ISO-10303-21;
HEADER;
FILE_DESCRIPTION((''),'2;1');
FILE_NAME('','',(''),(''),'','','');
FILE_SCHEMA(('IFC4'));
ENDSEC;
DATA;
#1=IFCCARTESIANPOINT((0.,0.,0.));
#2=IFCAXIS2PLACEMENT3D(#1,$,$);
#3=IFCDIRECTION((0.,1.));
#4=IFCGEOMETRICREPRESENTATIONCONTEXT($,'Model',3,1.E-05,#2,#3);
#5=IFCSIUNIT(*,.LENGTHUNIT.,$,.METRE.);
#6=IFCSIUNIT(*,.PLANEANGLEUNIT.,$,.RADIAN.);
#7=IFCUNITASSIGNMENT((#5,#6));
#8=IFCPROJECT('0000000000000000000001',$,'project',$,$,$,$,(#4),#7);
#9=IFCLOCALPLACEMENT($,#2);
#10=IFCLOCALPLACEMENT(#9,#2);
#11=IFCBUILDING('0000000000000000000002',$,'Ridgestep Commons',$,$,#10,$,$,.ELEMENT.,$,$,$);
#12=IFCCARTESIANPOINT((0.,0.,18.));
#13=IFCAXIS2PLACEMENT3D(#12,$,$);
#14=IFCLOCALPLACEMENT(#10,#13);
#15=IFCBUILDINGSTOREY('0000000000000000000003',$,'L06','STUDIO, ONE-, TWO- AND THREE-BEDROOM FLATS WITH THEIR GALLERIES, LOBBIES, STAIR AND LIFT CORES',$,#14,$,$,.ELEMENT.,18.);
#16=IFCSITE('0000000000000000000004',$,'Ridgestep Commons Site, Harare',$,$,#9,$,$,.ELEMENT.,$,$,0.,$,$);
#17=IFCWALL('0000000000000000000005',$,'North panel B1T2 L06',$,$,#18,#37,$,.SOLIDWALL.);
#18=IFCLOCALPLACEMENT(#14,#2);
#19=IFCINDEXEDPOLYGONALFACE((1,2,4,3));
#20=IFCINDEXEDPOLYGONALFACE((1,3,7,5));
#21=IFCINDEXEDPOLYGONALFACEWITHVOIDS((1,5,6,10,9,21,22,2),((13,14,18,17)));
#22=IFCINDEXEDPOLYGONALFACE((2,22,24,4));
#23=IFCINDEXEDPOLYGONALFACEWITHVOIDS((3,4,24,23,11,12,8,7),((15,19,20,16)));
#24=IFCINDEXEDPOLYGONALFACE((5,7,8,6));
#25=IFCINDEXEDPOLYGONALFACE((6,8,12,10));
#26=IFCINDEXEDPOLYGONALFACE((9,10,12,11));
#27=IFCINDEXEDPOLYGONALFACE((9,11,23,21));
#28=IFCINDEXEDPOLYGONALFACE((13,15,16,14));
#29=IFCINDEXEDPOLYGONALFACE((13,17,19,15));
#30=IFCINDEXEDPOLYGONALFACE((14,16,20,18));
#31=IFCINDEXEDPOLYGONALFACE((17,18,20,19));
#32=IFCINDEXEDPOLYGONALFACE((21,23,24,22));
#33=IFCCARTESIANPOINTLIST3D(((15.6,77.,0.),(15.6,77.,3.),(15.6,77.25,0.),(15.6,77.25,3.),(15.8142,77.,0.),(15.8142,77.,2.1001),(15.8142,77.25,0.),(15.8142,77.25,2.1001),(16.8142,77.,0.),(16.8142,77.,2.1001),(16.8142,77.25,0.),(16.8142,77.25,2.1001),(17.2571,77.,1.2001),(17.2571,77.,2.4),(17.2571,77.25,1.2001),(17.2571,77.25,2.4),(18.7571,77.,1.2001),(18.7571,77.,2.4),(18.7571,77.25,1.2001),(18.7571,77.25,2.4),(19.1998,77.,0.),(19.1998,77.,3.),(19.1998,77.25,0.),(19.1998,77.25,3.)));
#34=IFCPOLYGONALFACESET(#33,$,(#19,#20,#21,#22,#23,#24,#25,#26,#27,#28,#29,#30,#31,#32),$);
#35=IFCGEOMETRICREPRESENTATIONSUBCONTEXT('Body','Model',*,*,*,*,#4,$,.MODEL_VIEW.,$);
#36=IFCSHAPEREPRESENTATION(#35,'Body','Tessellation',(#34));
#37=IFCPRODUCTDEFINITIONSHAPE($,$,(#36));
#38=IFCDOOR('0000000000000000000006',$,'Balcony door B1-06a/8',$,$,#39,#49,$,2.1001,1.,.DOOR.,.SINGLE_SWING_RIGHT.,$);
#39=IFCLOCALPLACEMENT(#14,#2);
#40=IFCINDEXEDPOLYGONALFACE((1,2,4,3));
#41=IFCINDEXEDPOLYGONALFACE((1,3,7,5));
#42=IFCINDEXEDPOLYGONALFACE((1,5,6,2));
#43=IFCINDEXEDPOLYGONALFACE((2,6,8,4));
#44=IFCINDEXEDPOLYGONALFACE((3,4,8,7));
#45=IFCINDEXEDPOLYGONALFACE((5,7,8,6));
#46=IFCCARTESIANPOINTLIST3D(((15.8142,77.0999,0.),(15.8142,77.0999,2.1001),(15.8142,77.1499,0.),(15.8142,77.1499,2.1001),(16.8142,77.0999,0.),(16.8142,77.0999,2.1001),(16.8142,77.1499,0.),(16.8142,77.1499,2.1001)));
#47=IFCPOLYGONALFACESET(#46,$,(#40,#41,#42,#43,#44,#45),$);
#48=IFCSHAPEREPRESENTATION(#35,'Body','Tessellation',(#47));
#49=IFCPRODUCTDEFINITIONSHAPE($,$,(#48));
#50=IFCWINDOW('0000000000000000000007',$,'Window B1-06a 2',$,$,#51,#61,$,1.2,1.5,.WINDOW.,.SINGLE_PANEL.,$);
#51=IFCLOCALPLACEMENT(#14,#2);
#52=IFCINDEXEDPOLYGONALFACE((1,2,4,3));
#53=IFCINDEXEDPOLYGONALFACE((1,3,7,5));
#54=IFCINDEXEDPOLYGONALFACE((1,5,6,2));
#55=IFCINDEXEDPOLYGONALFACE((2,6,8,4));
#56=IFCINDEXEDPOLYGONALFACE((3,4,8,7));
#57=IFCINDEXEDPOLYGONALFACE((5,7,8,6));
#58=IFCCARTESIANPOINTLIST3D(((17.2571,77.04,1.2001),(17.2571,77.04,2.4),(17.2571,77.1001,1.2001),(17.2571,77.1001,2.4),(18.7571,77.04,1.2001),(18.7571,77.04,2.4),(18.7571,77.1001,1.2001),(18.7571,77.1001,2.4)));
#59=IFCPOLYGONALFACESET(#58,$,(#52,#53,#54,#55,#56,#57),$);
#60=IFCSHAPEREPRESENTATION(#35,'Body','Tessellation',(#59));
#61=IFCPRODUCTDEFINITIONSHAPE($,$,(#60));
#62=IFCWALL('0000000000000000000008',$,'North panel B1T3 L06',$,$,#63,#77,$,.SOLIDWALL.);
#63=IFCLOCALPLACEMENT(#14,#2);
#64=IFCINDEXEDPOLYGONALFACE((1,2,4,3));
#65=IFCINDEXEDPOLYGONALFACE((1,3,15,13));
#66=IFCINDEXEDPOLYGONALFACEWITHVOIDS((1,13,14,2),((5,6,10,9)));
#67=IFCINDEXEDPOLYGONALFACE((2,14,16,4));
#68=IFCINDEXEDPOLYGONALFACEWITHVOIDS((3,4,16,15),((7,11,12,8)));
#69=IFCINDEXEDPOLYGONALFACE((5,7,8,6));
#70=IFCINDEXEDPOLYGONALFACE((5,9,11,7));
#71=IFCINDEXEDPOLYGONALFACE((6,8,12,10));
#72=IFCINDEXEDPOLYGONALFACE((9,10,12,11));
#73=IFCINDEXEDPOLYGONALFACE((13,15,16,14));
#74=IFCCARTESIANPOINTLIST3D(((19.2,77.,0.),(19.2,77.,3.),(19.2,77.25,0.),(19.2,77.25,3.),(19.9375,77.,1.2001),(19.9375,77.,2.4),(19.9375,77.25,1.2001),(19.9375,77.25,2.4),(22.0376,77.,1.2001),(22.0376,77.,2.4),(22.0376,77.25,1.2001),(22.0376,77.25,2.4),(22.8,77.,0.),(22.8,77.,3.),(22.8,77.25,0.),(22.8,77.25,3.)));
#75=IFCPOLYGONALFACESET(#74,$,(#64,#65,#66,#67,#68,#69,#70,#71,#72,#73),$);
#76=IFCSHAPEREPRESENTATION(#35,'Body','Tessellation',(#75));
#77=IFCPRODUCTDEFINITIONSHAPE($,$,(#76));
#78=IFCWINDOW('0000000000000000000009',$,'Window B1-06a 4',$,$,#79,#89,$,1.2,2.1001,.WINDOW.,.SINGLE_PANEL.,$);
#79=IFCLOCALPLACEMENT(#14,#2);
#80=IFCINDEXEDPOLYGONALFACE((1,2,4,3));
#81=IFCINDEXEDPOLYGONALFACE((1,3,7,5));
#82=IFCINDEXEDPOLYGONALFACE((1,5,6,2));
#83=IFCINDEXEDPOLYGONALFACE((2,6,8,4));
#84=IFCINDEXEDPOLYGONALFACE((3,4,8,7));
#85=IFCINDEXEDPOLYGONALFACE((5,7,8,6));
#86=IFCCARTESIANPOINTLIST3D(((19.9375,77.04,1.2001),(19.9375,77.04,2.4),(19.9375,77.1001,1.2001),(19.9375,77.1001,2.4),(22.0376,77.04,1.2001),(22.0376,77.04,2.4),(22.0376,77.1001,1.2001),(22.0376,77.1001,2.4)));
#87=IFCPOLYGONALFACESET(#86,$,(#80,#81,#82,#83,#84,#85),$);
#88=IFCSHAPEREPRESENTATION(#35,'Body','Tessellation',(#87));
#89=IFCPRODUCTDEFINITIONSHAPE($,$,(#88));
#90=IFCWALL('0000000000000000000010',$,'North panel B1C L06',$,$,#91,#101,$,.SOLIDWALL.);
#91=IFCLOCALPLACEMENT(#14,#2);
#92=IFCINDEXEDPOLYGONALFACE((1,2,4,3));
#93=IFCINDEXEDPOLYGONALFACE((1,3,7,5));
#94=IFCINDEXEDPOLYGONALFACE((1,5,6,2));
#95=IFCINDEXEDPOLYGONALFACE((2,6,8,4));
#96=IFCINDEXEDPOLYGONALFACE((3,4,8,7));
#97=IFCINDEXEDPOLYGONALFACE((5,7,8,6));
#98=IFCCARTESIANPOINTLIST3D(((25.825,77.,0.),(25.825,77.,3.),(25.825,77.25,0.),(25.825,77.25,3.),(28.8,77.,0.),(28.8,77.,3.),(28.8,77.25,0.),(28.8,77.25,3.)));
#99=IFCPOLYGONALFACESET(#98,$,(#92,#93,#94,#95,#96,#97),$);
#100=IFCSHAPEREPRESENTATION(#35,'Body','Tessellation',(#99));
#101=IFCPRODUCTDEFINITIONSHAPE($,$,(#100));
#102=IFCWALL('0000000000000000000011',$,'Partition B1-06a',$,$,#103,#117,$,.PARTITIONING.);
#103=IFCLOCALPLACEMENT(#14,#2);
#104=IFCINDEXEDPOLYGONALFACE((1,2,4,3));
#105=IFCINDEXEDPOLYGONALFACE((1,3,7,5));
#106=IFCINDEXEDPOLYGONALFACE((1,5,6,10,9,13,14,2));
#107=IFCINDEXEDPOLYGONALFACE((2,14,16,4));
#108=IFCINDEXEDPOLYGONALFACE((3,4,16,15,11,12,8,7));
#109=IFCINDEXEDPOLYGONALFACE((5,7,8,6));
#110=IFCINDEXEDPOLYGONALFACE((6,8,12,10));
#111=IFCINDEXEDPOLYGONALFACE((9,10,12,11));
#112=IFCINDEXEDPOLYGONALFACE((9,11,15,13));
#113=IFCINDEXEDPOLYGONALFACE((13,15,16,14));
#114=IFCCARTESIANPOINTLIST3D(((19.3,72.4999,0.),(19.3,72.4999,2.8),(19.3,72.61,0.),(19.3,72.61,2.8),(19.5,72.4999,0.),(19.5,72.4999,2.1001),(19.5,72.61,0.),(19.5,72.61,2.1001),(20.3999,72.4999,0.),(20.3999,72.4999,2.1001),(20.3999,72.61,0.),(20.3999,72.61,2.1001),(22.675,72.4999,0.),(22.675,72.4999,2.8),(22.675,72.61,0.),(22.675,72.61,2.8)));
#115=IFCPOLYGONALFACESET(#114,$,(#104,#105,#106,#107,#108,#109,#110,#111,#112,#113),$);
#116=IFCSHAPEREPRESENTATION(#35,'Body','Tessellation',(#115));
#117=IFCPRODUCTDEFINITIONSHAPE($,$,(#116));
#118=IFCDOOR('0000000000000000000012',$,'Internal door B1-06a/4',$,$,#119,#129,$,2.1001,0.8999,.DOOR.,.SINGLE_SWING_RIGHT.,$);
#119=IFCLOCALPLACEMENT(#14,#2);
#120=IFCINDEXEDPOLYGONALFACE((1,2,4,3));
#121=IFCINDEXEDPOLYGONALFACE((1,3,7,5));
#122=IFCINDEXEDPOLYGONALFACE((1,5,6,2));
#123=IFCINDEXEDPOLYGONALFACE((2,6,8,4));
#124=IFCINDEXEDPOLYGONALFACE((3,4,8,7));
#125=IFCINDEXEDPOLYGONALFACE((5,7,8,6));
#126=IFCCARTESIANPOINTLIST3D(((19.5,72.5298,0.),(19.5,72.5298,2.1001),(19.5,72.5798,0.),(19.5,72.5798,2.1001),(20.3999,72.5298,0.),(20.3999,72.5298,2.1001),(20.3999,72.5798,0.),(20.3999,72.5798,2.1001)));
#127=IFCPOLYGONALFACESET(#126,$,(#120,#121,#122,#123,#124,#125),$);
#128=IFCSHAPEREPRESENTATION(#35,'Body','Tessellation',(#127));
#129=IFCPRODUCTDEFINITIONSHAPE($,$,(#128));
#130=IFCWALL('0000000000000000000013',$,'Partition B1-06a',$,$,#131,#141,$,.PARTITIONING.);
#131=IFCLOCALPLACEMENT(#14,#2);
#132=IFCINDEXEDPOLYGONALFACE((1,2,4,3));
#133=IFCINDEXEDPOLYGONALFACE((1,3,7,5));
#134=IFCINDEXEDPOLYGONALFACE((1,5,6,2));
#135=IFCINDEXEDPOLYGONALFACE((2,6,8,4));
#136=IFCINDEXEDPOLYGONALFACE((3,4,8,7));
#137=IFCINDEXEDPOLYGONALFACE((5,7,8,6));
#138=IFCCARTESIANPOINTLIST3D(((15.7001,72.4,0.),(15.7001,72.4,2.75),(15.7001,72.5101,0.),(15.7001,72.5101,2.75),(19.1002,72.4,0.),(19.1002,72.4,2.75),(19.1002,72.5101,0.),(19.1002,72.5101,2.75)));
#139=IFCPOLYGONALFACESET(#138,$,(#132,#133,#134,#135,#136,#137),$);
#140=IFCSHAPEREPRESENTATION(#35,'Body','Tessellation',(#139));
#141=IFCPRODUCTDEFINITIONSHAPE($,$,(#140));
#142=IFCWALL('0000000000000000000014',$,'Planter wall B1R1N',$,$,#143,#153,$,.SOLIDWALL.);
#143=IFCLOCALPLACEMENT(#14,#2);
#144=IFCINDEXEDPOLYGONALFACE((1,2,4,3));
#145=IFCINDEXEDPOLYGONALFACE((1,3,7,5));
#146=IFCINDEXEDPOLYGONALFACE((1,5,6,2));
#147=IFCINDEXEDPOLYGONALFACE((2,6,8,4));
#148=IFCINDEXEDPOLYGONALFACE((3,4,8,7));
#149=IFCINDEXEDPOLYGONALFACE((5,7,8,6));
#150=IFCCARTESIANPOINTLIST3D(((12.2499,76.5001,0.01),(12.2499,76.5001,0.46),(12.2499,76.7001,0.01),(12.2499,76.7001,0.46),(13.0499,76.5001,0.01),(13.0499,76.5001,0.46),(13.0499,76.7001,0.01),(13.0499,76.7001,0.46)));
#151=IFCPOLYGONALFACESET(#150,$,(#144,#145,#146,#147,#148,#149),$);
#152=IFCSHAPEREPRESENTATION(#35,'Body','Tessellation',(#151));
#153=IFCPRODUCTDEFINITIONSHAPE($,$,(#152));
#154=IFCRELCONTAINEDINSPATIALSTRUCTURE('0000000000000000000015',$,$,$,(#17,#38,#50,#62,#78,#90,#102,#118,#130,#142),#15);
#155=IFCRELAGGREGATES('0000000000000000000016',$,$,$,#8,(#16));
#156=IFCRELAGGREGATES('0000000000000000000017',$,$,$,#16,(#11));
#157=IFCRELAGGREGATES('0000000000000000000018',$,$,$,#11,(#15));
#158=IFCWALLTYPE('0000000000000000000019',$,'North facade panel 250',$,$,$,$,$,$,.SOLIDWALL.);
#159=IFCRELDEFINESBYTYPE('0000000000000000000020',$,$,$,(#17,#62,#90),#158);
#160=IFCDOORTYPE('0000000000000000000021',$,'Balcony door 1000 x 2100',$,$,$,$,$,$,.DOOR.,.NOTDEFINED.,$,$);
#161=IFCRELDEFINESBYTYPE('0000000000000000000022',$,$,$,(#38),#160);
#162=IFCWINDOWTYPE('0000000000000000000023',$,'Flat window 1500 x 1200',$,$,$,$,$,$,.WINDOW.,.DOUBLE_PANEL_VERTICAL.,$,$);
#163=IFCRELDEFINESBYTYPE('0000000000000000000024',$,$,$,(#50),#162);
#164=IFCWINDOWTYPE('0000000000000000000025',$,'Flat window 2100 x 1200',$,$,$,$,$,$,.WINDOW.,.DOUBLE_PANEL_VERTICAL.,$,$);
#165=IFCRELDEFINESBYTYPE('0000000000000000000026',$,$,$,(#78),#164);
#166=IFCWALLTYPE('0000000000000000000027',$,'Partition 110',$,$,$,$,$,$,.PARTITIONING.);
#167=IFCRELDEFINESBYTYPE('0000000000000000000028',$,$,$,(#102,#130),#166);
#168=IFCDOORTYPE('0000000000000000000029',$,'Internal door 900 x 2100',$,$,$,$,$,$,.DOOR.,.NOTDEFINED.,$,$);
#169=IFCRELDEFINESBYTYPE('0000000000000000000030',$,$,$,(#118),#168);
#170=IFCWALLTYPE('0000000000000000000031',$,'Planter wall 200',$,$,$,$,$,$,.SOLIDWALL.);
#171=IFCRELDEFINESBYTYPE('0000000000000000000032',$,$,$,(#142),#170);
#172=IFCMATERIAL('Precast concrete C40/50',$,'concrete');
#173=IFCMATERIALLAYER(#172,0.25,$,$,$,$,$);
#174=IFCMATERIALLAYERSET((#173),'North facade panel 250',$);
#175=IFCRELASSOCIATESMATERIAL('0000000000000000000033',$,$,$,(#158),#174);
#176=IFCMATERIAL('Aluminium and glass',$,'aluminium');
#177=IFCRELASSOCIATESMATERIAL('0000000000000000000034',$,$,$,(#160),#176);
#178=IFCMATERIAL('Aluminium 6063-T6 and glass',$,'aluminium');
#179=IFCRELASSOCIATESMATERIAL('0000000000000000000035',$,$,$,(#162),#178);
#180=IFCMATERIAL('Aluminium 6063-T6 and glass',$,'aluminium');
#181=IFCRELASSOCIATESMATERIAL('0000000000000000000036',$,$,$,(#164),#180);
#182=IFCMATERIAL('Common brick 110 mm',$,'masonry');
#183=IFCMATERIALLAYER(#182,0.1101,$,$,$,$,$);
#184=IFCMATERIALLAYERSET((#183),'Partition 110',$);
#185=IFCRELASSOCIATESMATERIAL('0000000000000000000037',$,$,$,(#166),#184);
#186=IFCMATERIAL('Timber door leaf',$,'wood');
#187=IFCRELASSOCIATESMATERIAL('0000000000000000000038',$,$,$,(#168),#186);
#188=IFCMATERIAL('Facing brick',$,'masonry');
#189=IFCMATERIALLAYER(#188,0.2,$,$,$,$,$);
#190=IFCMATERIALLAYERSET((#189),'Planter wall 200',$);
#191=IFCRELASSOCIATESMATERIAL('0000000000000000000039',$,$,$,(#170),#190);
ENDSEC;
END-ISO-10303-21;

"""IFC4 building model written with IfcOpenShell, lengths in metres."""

from ifc_helpers import new_model, si_unit, direction, frame, frame_2d, origin, place, context, subcontext, project, spatial, rectangle, extrude, material, layer, layer_set, type_object, element, fill, save


model = new_model("IFC4")

# Units and contexts
model_context = context("Model", 3, precision=1e-05, world=origin(), true_north=direction((0.0, 1.0)))
body_context = subcontext(model_context, "Body", "Model", "MODEL_VIEW")
ifc_project = project(units=[si_unit("LENGTHUNIT", "METRE"), si_unit("PLANEANGLEUNIT", "RADIAN")], contexts=[model_context])

# Site, building, storey
site_placement = place(None, origin())
site = spatial("IfcSite", under=ifc_project, at=site_placement, Name="Ridgestep Commons Site, Harare", CompositionType="ELEMENT", RefElevation=0.0)
building_placement = place(site_placement, origin())
building = spatial("IfcBuilding", under=site, at=building_placement, Name="Ridgestep Commons", CompositionType="ELEMENT")
storey_placement = place(building_placement, frame((0.0, 0.0, 18.0)))
storey = spatial("IfcBuildingStorey", under=building, at=storey_placement, Name="L06", Description="STUDIO, ONE-, TWO- AND THREE-BEDROOM FLATS WITH THEIR GALLERIES, LOBBIES, STAIR AND LIFT CORES", CompositionType="ELEMENT", Elevation=18.0)

# Wall, openings, door, window
ifc_material_1 = material(Name="Precast concrete C40/50", Category="concrete")
ifc_layer_1 = layer(ifc_material_1, 0.25)
ifc_layer_set_1 = layer_set([ifc_layer_1], Name="North facade panel 250")
wall_type_1 = type_object("IfcWallType", Name="North facade panel 250", PredefinedType="SOLIDWALL", material=ifc_layer_set_1)
wall_1_placement = place(storey_placement, frame((15.6001, 77.125, 0.0), z_axis=(0.0, 0.0, 1.0), x_axis=(1.0, 0.0, 0.0)))
wall_1 = element("IfcWall", 1, at=wall_1_placement, inside=storey, type_object=wall_type_1, Name="North panel B1T2 L06", PredefinedType="SOLIDWALL", context=body_context, shape_type="SweptSolid", body=[
    extrude(rectangle(XDim=3.5999, YDim=0.25, at=frame_2d((1.7998, 0.0))), origin(), (0.0, 0.0, 1.0), 3.0),
])
opening_1_placement = place(wall_1_placement, frame((1.657, 0.0, 1.2)))
opening_1 = element("IfcOpeningElement", 2, at=opening_1_placement, cuts=wall_1, PredefinedType="OPENING", context=body_context, shape_type="SweptSolid", body=[
    extrude(rectangle(XDim=1.5, YDim=1.2, at=frame_2d((0.75, 0.6001))), frame((0.0, 0.135, 0.0), z_axis=(0.0, -1.0, 0.0), x_axis=(1.0, 0.0, 0.0)), (0.0, 0.0, 1.0), 0.27),
])
opening_2_placement = place(wall_1_placement, frame((0.2141, 0.0, 0.0)))
opening_2 = element("IfcOpeningElement", 3, at=opening_2_placement, cuts=wall_1, PredefinedType="OPENING", context=body_context, shape_type="SweptSolid", body=[
    extrude(rectangle(XDim=1.0, YDim=2.1001, at=frame_2d((0.5, 1.05))), frame((0.0, 0.135, 0.0), z_axis=(0.0, -1.0, 0.0), x_axis=(1.0, 0.0, 0.0)), (0.0, 0.0, 1.0), 0.27),
])
ifc_material_2 = material(Name="Aluminium and glass", Category="aluminium")
door_type_1 = type_object("IfcDoorType", Name="Balcony door 1000 x 2100", OperationType="NOTDEFINED", PredefinedType="DOOR", material=ifc_material_2)
door_1_placement = place(opening_2_placement, origin())
door_1 = element("IfcDoor", 4, at=door_1_placement, inside=storey, type_object=door_type_1, Name="Balcony door B1-06a/8", OperationType="SINGLE_SWING_RIGHT", OverallHeight=2.1001, OverallWidth=1.0, PredefinedType="DOOR", context=body_context, shape_type="SweptSolid", body=[
    extrude(rectangle(XDim=1.0, YDim=2.1001, at=frame_2d((0.5, 1.05))), frame((0.0, 0.0249, 0.0), z_axis=(0.0, -1.0, 0.0), x_axis=(1.0, 0.0, 0.0)), (0.0, 0.0, 1.0), 0.05),
])
fill(opening_2, door_1)
ifc_material_3 = material(Name="Aluminium 6063-T6 and glass", Category="aluminium")
window_type_1 = type_object("IfcWindowType", Name="Flat window 1500 x 1200", PartitioningType="DOUBLE_PANEL_VERTICAL", PredefinedType="WINDOW", material=ifc_material_3)
window_1_placement = place(opening_1_placement, origin())
window_1 = element("IfcWindow", 5, at=window_1_placement, inside=storey, type_object=window_type_1, Name="Window B1-06a 2", OverallHeight=1.2, OverallWidth=1.5, PartitioningType="SINGLE_PANEL", PredefinedType="WINDOW", context=body_context, shape_type="SweptSolid", body=[
    extrude(rectangle(XDim=1.5, YDim=1.2, at=frame_2d((0.75, 0.6001))), frame((0.0, -0.0249, 0.0), z_axis=(0.0, -1.0, 0.0), x_axis=(1.0, 0.0, 0.0)), (0.0, 0.0, 1.0), 0.0601),
])
fill(opening_1, window_1)

# Wall, opening, window
wall_2_placement = place(storey_placement, frame((19.2, 77.125, 0.0), z_axis=(0.0, 0.0, 1.0), x_axis=(1.0, 0.0, 0.0)))
wall_2 = element("IfcWall", 6, at=wall_2_placement, inside=storey, type_object=wall_type_1, Name="North panel B1T3 L06", PredefinedType="SOLIDWALL", context=body_context, shape_type="SweptSolid", body=[
    extrude(rectangle(XDim=3.6001, YDim=0.25, at=frame_2d((1.8, 0.0))), origin(), (0.0, 0.0, 1.0), 3.0),
])
opening_3_placement = place(wall_2_placement, frame((0.7375, 0.0, 1.2)))
opening_3 = element("IfcOpeningElement", 7, at=opening_3_placement, cuts=wall_2, PredefinedType="OPENING", context=body_context, shape_type="SweptSolid", body=[
    extrude(rectangle(XDim=2.1001, YDim=1.2, at=frame_2d((1.05, 0.6001))), frame((0.0, 0.135, 0.0), z_axis=(0.0, -1.0, 0.0), x_axis=(1.0, 0.0, 0.0)), (0.0, 0.0, 1.0), 0.27),
])
ifc_material_4 = material(Name="Aluminium 6063-T6 and glass", Category="aluminium")
window_type_2 = type_object("IfcWindowType", Name="Flat window 2100 x 1200", PartitioningType="DOUBLE_PANEL_VERTICAL", PredefinedType="WINDOW", material=ifc_material_4)
window_2_placement = place(opening_3_placement, origin())
window_2 = element("IfcWindow", 8, at=window_2_placement, inside=storey, type_object=window_type_2, Name="Window B1-06a 4", OverallHeight=1.2, OverallWidth=2.1001, PartitioningType="SINGLE_PANEL", PredefinedType="WINDOW", context=body_context, shape_type="SweptSolid", body=[
    extrude(rectangle(XDim=2.1001, YDim=1.2, at=frame_2d((1.05, 0.6001))), frame((0.0, -0.0249, 0.0), z_axis=(0.0, -1.0, 0.0), x_axis=(1.0, 0.0, 0.0)), (0.0, 0.0, 1.0), 0.0601),
])
fill(opening_3, window_2)

# Wall
wall_3_placement = place(storey_placement, frame((25.825, 77.125, 0.0), z_axis=(0.0, 0.0, 1.0), x_axis=(1.0, 0.0, 0.0)))
element("IfcWall", 9, at=wall_3_placement, inside=storey, type_object=wall_type_1, Name="North panel B1C L06", PredefinedType="SOLIDWALL", context=body_context, shape_type="SweptSolid", body=[
    extrude(rectangle(XDim=2.9751, YDim=0.25, at=frame_2d((1.4875, 0.0))), origin(), (0.0, 0.0, 1.0), 3.0),
])

# Wall, opening, door
ifc_material_5 = material(Name="Common brick 110 mm", Category="masonry")
ifc_layer_2 = layer(ifc_material_5, 0.1101)
ifc_layer_set_2 = layer_set([ifc_layer_2], Name="Partition 110")
wall_type_2 = type_object("IfcWallType", Name="Partition 110", PredefinedType="PARTITIONING", material=ifc_layer_set_2)
wall_4_placement = place(storey_placement, frame((19.3, 72.5549, 0.0), z_axis=(0.0, 0.0, 1.0), x_axis=(1.0, 0.0, 0.0)))
wall_4 = element("IfcWall", 10, at=wall_4_placement, inside=storey, type_object=wall_type_2, Name="Partition B1-06a", PredefinedType="PARTITIONING", context=body_context, shape_type="SweptSolid", body=[
    extrude(rectangle(XDim=3.375, YDim=0.1101, at=frame_2d((1.6875, 0.0))), origin(), (0.0, 0.0, 1.0), 2.8),
])
opening_4_placement = place(wall_4_placement, frame((0.2, 0.0, 0.0)))
opening_4 = element("IfcOpeningElement", 11, at=opening_4_placement, cuts=wall_4, PredefinedType="OPENING", context=body_context, shape_type="SweptSolid", body=[
    extrude(rectangle(XDim=0.8999, YDim=2.1001, at=frame_2d((0.45, 1.05))), frame((0.0, 0.0649, 0.0), z_axis=(0.0, -1.0, 0.0), x_axis=(1.0, 0.0, 0.0)), (0.0, 0.0, 1.0), 0.1301),
])
ifc_material_6 = material(Name="Timber door leaf", Category="wood")
door_type_2 = type_object("IfcDoorType", Name="Internal door 900 x 2100", OperationType="NOTDEFINED", PredefinedType="DOOR", material=ifc_material_6)
door_2_placement = place(opening_4_placement, origin())
door_2 = element("IfcDoor", 12, at=door_2_placement, inside=storey, type_object=door_type_2, Name="Internal door B1-06a/4", OperationType="SINGLE_SWING_RIGHT", OverallHeight=2.1001, OverallWidth=0.8999, PredefinedType="DOOR", context=body_context, shape_type="SweptSolid", body=[
    extrude(rectangle(XDim=0.8999, YDim=2.1001, at=frame_2d((0.45, 1.05))), frame((0.0, 0.0249, 0.0), z_axis=(0.0, -1.0, 0.0), x_axis=(1.0, 0.0, 0.0)), (0.0, 0.0, 1.0), 0.05),
])
fill(opening_4, door_2)

# Walls
wall_5_placement = place(storey_placement, frame((15.7, 72.4551, 0.0), z_axis=(0.0, 0.0, 1.0), x_axis=(1.0, 0.0, 0.0)))
element("IfcWall", 13, at=wall_5_placement, inside=storey, type_object=wall_type_2, Name="Partition B1-06a", PredefinedType="PARTITIONING", context=body_context, shape_type="SweptSolid", body=[
    extrude(rectangle(XDim=3.4001, YDim=0.1101, at=frame_2d((1.7002, 0.0))), origin(), (0.0, 0.0, 1.0), 2.75),
])
ifc_material_7 = material(Name="Facing brick", Category="masonry")
ifc_layer_3 = layer(ifc_material_7, 0.2)
ifc_layer_set_3 = layer_set([ifc_layer_3], Name="Planter wall 200")
wall_type_3 = type_object("IfcWallType", Name="Planter wall 200", PredefinedType="SOLIDWALL", material=ifc_layer_set_3)
wall_6_placement = place(storey_placement, frame((12.25, 76.6001, 0.01), z_axis=(0.0, 0.0, 1.0), x_axis=(1.0, 0.0, 0.0)))
element("IfcWall", 14, at=wall_6_placement, inside=storey, type_object=wall_type_3, Name="Planter wall B1R1N", PredefinedType="SOLIDWALL", context=body_context, shape_type="SweptSolid", body=[
    extrude(rectangle(XDim=0.8, YDim=0.2, at=frame_2d((0.3999, 0.0))), origin(), (0.0, 0.0, 1.0), 0.45),
])

save(model, "model.ifc")
